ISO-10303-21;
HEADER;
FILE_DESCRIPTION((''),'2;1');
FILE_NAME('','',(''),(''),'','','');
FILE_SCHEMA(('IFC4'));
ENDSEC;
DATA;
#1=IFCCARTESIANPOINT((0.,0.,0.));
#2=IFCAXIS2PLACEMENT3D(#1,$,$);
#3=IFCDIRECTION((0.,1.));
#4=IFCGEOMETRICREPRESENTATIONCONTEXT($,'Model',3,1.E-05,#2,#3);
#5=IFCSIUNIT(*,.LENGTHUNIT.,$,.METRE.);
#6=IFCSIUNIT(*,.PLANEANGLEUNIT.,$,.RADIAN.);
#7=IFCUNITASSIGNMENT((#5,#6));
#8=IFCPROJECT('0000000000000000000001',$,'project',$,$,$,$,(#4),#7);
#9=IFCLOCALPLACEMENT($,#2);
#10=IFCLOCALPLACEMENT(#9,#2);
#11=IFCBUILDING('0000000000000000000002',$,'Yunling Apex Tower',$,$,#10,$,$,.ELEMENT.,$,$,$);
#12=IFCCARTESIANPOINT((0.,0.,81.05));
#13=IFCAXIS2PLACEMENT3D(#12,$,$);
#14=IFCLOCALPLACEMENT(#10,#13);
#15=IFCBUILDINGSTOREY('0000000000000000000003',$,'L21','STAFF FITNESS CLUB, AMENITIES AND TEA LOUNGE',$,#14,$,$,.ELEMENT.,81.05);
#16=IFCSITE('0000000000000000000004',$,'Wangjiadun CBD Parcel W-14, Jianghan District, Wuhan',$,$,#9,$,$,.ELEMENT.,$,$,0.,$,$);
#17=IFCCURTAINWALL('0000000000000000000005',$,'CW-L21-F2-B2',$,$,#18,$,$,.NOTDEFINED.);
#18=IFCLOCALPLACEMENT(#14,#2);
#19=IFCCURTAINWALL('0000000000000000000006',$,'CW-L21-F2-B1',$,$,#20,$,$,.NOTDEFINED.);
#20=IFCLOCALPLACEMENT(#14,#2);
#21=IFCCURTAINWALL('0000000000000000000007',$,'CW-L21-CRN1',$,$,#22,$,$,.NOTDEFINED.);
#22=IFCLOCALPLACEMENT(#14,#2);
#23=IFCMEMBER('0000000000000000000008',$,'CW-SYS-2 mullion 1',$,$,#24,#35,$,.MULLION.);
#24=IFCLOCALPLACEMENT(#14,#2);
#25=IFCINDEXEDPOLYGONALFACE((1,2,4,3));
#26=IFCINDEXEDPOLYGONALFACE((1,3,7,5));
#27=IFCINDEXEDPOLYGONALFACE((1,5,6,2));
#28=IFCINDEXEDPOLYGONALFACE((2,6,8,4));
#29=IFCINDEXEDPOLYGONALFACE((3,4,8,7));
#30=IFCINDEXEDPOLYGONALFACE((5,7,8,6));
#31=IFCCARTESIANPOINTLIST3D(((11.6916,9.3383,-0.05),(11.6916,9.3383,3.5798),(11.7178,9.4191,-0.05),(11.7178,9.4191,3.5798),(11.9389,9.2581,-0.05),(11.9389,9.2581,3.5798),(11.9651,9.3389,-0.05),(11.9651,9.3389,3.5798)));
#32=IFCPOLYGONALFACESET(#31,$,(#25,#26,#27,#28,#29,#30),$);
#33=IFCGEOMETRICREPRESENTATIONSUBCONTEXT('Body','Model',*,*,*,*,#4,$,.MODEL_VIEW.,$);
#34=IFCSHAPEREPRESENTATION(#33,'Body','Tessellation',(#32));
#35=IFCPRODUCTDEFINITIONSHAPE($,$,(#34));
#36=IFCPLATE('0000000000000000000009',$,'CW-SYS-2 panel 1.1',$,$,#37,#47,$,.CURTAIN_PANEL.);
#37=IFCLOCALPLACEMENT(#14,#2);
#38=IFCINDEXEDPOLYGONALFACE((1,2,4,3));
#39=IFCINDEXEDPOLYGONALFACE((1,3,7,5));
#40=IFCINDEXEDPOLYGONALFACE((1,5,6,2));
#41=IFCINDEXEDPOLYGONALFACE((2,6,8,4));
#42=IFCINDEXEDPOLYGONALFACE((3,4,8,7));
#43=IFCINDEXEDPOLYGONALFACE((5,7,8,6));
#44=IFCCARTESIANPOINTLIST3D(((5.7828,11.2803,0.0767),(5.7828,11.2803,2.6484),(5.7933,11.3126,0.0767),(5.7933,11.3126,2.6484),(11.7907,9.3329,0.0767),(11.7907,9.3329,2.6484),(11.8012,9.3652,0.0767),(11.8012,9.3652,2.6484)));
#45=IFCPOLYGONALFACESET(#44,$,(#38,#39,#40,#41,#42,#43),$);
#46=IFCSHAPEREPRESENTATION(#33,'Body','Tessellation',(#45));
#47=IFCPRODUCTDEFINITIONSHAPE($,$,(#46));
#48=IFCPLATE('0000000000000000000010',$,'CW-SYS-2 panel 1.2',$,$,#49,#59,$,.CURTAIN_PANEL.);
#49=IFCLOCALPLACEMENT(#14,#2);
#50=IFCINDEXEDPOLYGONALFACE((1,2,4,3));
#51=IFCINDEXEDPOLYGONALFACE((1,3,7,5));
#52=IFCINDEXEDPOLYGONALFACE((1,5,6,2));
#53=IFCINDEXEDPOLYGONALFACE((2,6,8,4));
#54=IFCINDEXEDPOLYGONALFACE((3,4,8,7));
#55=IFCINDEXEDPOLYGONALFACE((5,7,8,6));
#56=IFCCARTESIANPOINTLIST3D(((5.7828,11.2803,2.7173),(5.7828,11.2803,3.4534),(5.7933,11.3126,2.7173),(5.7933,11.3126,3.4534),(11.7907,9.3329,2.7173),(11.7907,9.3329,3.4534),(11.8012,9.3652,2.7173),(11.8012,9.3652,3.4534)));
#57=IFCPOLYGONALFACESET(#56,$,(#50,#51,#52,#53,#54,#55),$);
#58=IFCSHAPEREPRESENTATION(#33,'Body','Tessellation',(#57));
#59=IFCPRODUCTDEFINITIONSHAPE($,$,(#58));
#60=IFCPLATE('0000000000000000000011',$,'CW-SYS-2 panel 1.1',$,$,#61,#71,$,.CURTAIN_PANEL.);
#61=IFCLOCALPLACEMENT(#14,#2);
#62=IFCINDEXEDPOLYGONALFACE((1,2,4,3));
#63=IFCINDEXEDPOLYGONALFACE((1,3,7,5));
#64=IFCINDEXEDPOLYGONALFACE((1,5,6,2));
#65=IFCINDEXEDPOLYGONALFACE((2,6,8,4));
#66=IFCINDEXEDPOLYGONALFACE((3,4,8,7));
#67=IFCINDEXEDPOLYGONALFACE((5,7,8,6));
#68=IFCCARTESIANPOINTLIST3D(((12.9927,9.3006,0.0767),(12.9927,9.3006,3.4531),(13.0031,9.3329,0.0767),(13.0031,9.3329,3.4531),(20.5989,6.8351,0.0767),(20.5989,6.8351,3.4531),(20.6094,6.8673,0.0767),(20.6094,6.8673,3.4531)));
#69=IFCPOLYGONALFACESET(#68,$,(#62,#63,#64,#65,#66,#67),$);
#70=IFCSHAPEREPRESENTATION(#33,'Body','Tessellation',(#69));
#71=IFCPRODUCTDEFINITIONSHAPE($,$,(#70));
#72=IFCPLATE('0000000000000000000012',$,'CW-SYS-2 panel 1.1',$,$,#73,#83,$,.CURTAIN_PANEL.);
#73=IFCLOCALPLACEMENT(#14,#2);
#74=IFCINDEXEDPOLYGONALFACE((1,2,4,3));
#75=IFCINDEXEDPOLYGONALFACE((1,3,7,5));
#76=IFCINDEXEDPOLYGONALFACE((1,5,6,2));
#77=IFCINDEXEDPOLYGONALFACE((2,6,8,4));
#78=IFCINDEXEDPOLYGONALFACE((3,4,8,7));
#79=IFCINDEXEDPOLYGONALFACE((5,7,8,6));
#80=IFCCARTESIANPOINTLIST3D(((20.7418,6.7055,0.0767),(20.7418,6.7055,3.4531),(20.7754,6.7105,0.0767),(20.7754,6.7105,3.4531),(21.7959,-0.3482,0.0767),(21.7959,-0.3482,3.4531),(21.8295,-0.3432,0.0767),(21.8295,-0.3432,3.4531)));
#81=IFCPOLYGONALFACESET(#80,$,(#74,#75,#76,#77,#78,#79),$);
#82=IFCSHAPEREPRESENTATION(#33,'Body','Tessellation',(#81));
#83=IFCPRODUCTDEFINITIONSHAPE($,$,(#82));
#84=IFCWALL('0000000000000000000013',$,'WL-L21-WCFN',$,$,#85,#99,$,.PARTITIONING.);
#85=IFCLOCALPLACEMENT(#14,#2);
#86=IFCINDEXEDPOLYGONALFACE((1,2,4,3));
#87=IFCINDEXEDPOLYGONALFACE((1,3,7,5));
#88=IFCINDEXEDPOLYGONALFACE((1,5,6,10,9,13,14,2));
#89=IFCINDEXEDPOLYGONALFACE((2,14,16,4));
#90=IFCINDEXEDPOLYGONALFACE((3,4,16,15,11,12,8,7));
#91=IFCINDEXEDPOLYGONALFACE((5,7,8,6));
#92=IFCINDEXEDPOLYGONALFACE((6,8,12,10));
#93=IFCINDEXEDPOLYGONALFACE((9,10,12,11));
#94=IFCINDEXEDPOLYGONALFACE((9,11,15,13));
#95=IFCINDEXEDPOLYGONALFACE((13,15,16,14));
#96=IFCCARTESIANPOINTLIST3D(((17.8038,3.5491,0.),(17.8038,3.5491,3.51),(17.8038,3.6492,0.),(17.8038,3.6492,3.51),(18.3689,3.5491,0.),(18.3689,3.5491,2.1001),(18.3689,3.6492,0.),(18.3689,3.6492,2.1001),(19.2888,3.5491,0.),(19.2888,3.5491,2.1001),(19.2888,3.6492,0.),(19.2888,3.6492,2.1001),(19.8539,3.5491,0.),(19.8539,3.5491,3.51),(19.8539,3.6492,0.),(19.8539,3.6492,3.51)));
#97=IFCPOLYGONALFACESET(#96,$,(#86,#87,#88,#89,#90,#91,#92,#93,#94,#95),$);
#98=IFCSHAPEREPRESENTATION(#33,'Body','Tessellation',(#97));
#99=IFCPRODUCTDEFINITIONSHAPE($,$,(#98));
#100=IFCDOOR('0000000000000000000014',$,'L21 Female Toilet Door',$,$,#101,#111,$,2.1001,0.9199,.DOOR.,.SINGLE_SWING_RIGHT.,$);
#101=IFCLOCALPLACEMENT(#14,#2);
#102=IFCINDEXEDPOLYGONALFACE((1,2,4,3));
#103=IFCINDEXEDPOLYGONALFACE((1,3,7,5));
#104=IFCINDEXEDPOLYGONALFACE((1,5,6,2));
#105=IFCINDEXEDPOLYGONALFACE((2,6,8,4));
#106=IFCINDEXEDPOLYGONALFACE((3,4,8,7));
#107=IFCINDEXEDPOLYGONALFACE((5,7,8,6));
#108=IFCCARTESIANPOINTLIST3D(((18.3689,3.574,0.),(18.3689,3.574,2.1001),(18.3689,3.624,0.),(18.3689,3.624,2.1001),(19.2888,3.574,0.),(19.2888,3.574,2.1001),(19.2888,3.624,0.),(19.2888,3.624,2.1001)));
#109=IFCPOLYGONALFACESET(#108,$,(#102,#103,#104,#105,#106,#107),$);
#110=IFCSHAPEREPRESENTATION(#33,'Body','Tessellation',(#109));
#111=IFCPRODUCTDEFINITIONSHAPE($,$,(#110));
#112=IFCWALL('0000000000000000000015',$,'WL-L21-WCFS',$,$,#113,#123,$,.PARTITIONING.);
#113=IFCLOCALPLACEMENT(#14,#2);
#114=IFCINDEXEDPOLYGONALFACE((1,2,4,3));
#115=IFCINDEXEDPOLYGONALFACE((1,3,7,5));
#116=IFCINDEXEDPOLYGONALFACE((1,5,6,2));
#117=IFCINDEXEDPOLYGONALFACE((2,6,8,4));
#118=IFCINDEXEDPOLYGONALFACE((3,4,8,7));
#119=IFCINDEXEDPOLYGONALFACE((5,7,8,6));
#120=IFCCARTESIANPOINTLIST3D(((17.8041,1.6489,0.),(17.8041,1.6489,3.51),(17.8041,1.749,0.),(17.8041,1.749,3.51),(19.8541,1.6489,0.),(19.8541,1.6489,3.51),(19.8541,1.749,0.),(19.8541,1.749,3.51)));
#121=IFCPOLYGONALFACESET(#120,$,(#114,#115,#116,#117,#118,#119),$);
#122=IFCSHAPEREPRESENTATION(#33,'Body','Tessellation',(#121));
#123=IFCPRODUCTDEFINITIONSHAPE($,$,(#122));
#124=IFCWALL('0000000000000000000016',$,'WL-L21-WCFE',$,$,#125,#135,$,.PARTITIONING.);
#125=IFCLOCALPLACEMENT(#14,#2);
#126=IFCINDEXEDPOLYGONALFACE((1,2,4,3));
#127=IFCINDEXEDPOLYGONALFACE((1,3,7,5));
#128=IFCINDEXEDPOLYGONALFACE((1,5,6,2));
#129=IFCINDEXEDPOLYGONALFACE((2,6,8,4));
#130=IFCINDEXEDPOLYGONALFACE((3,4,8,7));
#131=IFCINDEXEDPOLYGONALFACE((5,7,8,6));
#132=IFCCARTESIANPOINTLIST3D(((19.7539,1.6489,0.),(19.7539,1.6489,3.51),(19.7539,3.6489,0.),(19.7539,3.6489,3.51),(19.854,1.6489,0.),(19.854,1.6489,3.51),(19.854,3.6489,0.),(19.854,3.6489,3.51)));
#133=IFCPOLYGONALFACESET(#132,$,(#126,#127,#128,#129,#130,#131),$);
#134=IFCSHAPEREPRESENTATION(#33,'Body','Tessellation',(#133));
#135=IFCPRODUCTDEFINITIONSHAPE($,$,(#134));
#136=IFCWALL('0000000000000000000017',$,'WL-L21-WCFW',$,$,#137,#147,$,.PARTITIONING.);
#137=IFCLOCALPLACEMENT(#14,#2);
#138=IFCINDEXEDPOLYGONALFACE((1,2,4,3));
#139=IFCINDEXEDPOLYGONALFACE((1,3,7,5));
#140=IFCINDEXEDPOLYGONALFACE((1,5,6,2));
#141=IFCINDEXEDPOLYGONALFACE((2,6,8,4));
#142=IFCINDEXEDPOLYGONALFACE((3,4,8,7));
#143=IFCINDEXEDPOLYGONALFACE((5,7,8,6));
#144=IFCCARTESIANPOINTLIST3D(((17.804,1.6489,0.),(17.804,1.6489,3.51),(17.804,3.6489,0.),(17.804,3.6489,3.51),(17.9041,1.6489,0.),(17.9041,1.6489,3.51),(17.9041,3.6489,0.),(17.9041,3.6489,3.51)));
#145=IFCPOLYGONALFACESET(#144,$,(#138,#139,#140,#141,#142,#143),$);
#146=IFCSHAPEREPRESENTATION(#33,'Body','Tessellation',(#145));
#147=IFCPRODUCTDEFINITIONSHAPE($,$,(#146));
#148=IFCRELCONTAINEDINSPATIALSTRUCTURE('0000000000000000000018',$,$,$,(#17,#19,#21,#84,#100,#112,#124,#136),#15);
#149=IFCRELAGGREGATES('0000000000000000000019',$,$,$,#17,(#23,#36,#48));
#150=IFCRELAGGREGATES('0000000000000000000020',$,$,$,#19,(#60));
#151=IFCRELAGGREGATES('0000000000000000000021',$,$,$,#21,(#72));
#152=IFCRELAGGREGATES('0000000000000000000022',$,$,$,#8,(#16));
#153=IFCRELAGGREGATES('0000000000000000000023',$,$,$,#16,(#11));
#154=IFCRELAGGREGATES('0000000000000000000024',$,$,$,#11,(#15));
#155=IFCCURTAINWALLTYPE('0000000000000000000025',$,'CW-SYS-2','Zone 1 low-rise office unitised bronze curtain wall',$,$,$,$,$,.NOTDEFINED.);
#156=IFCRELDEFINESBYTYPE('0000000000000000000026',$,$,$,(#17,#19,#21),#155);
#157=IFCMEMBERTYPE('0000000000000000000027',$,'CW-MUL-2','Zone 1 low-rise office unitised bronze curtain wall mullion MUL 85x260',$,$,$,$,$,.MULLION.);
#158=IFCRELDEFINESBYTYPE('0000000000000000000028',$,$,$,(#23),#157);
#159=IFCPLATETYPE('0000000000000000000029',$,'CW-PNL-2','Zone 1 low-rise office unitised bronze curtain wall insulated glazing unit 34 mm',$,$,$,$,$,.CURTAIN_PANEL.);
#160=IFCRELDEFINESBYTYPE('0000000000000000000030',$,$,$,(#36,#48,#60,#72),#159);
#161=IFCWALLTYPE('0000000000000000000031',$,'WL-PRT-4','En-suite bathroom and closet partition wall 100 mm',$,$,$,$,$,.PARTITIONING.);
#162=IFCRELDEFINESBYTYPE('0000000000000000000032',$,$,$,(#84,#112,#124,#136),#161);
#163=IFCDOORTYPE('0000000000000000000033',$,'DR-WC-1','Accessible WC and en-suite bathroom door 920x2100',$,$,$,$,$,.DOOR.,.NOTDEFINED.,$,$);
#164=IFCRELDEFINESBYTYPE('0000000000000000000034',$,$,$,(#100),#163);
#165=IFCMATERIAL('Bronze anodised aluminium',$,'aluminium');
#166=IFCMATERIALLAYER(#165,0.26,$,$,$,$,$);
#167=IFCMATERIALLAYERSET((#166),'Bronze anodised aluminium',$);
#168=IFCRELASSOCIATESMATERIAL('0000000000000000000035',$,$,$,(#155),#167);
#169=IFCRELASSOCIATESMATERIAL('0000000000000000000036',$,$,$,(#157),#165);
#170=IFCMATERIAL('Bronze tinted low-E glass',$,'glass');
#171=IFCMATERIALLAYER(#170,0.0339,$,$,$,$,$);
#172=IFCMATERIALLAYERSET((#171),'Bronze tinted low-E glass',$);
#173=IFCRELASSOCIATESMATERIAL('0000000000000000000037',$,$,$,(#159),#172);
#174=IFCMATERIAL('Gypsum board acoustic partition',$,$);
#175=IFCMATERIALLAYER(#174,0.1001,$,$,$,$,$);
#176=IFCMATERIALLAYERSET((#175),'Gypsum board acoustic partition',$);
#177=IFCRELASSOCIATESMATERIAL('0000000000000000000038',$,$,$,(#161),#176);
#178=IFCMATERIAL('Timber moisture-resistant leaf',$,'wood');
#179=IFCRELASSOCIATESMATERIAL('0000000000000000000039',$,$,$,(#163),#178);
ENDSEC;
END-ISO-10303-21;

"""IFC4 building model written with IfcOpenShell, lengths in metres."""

from ifc_helpers import new_model, si_unit, direction, frame, frame_2d, origin, origin_2d, place, context, subcontext, project, spatial, rectangle, extrude, source, transform, mapped, material, layer, layer_set, material_profile, profile_set, type_object, element, fill, aggregate, save


model = new_model("IFC4")

# Units and contexts
model_context = context("Model", 3, precision=1e-05, world=origin(), true_north=direction((0.0, 1.0)))
body_context = subcontext(model_context, "Body", "Model", "MODEL_VIEW")
ifc_project = project(units=[si_unit("LENGTHUNIT", "METRE"), si_unit("PLANEANGLEUNIT", "RADIAN")], contexts=[model_context])

# Site, building, storey
site_placement = place(None, origin())
site = spatial("IfcSite", under=ifc_project, at=site_placement, Name="Wangjiadun CBD Parcel W-14, Jianghan District, Wuhan", CompositionType="ELEMENT", RefElevation=0.0)
building_placement = place(site_placement, origin())
building = spatial("IfcBuilding", under=site, at=building_placement, Name="Yunling Apex Tower", CompositionType="ELEMENT")
storey_placement = place(building_placement, frame((0.0, 0.0, 81.05)))
storey = spatial("IfcBuildingStorey", under=building, at=storey_placement, Name="L21", Description="STAFF FITNESS CLUB, AMENITIES AND TEA LOUNGE", CompositionType="ELEMENT", Elevation=81.05)

# Curtain walls
ifc_material_1 = material(Name="Bronze anodised aluminium", Category="aluminium")
ifc_layer_1 = layer(ifc_material_1, 0.26)
ifc_layer_set_1 = layer_set([ifc_layer_1], Name="Bronze anodised aluminium")
curtain_wall_type = type_object("IfcCurtainWallType", Name="CW-SYS-2", Description="Zone 1 low-rise office unitised bronze curtain wall", PredefinedType="NOTDEFINED", material=ifc_layer_set_1)
curtain_wall_1_placement = place(storey_placement, origin())
curtain_wall_1 = element("IfcCurtainWall", 1, at=curtain_wall_1_placement, inside=storey, type_object=curtain_wall_type, Name="CW-L21-F2-B2", PredefinedType="NOTDEFINED")
curtain_wall_2_placement = place(storey_placement, origin())
curtain_wall_2 = element("IfcCurtainWall", 2, at=curtain_wall_2_placement, inside=storey, type_object=curtain_wall_type, Name="CW-L21-F2-B1", PredefinedType="NOTDEFINED")
curtain_wall_3_placement = place(storey_placement, origin())
curtain_wall_3 = element("IfcCurtainWall", 3, at=curtain_wall_3_placement, inside=storey, type_object=curtain_wall_type, Name="CW-L21-CRN1", PredefinedType="NOTDEFINED")
ifc_material_profile_1 = material_profile(ifc_material_1, rectangle(XDim=0.085, YDim=0.26, at=origin_2d()))
ifc_profile_set_1 = profile_set([ifc_material_profile_1], Name="Bronze anodised aluminium")
member_type_1 = type_object("IfcMemberType", Name="CW-MUL-2", Description="Zone 1 low-rise office unitised bronze curtain wall mullion MUL 85x260", PredefinedType="MULLION", material=ifc_profile_set_1)
shared_shape_1 = source(origin(), body_context, "Body", "SweptSolid", [
    extrude(rectangle(XDim=0.085, YDim=0.26, at=origin_2d()), origin(), (0.0, 0.0, 1.0), 3.6299),
])

# Member
member_1_placement = place(storey_placement, frame((11.8284, 9.3386, -0.05), z_axis=(0.0, 0.0, 1.0), x_axis=(-0.308352, -0.951272, 0.0)))
member_1 = element("IfcMember", 4, at=member_1_placement, type_object=member_type_1, Name="CW-SYS-2 mullion 1", PredefinedType="MULLION", context=body_context, shape_type="MappedRepresentation", body=[
    mapped(shared_shape_1, transform((0.0, 0.0, 0.0), scale=1.0)),
])

# Plates
ifc_material_2 = material(Name="Bronze tinted low-E glass", Category="glass")
ifc_layer_2 = layer(ifc_material_2, 0.0339)
ifc_layer_set_2 = layer_set([ifc_layer_2], Name="Bronze tinted low-E glass")
plate_type = type_object("IfcPlateType", Name="CW-PNL-2", Description="Zone 1 low-rise office unitised bronze curtain wall insulated glazing unit 34 mm", PredefinedType="CURTAIN_PANEL", material=ifc_layer_set_2)
shared_shape_2 = source(origin(), body_context, "Body", "SweptSolid", [
    extrude(rectangle(XDim=6.3157, YDim=0.0339, at=origin_2d()), origin(), (0.0, 0.0, 1.0), 2.5718),
])
plate_1_placement = place(storey_placement, frame((8.792, 10.3228, 0.0767), z_axis=(0.0, 0.0, 1.0), x_axis=(-0.951272, 0.308352, 0.0)))
plate_1 = element("IfcPlate", 5, at=plate_1_placement, type_object=plate_type, Name="CW-SYS-2 panel 1.1", PredefinedType="CURTAIN_PANEL", context=body_context, shape_type="MappedRepresentation", body=[
    mapped(shared_shape_2, transform((0.0, 0.0, 0.0), scale=1.0)),
])
shared_shape_3 = source(origin(), body_context, "Body", "SweptSolid", [
    extrude(rectangle(XDim=6.3157, YDim=0.0339, at=origin_2d()), origin(), (0.0, 0.0, 1.0), 0.7361),
])
plate_2_placement = place(storey_placement, frame((8.792, 10.3228, 2.7173), z_axis=(0.0, 0.0, 1.0), x_axis=(-0.951272, 0.308352, 0.0)))
plate_2 = element("IfcPlate", 6, at=plate_2_placement, type_object=plate_type, Name="CW-SYS-2 panel 1.2", PredefinedType="CURTAIN_PANEL", context=body_context, shape_type="MappedRepresentation", body=[
    mapped(shared_shape_3, transform((0.0, 0.0, 0.0), scale=1.0)),
])
aggregate(curtain_wall_1, [member_1, plate_1, plate_2])
shared_shape_4 = source(origin(), body_context, "Body", "SweptSolid", [
    extrude(rectangle(XDim=7.9958, YDim=0.0339, at=origin_2d()), origin(), (0.0, 0.0, 1.0), 3.3765),
])
plate_3_placement = place(storey_placement, frame((16.801, 8.084, 0.0767), z_axis=(0.0, 0.0, 1.0), x_axis=(-0.951271, 0.308357, 0.0)))
plate_3 = element("IfcPlate", 7, at=plate_3_placement, type_object=plate_type, Name="CW-SYS-2 panel 1.1", PredefinedType="CURTAIN_PANEL", context=body_context, shape_type="MappedRepresentation", body=[
    mapped(shared_shape_4, transform((0.0, 0.0, 0.0), scale=1.0)),
])
aggregate(curtain_wall_2, [plate_3])
shared_shape_5 = source(origin(), body_context, "Body", "SweptSolid", [
    extrude(rectangle(XDim=7.1321, YDim=0.0339, at=origin_2d()), origin(), (0.0, 0.0, 1.0), 3.3765),
])
plate_4_placement = place(storey_placement, frame((21.2856, 3.1812, 0.0767), z_axis=(0.0, 0.0, 1.0), x_axis=(-0.147798, 0.989018, 0.0)))
plate_4 = element("IfcPlate", 8, at=plate_4_placement, type_object=plate_type, Name="CW-SYS-2 panel 1.1", PredefinedType="CURTAIN_PANEL", context=body_context, shape_type="MappedRepresentation", body=[
    mapped(shared_shape_5, transform((0.0, 0.0, 0.0), scale=1.0)),
])
aggregate(curtain_wall_3, [plate_4])

# Wall, opening, door
ifc_material_3 = material(Name="Gypsum board acoustic partition")
ifc_layer_3 = layer(ifc_material_3, 0.1001)
ifc_layer_set_3 = layer_set([ifc_layer_3], Name="Gypsum board acoustic partition")
wall_type = type_object("IfcWallType", Name="WL-PRT-4", Description="En-suite bathroom and closet partition wall 100 mm", PredefinedType="PARTITIONING", material=ifc_layer_set_3)
wall_1_placement = place(storey_placement, frame((17.804, 3.5991, 0.0), z_axis=(0.0, 0.0, 1.0), x_axis=(1.0, 0.0, 0.0)))
wall_1 = element("IfcWall", 9, at=wall_1_placement, inside=storey, type_object=wall_type, Name="WL-L21-WCFN", PredefinedType="PARTITIONING", context=body_context, shape_type="SweptSolid", body=[
    extrude(rectangle(XDim=2.05, YDim=0.1001, at=frame_2d((1.0249, 0.0))), origin(), (0.0, 0.0, 1.0), 3.51),
])
opening_placement = place(wall_1_placement, frame((0.5649, 0.0, 0.0)))
opening = element("IfcOpeningElement", 10, at=opening_placement, cuts=wall_1, PredefinedType="OPENING", context=body_context, shape_type="SweptSolid", body=[
    extrude(rectangle(XDim=0.9199, YDim=2.1001, at=frame_2d((0.46, 1.05))), frame((0.0, 0.0601, 0.0), z_axis=(0.0, -1.0, 0.0), x_axis=(1.0, 0.0, 0.0)), (0.0, 0.0, 1.0), 0.1201),
])
ifc_material_4 = material(Name="Timber moisture-resistant leaf", Category="wood")
door_type = type_object("IfcDoorType", Name="DR-WC-1", Description="Accessible WC and en-suite bathroom door 920x2100", OperationType="NOTDEFINED", PredefinedType="DOOR", material=ifc_material_4)
door_placement = place(opening_placement, origin())
door = element("IfcDoor", 11, at=door_placement, inside=storey, type_object=door_type, Name="L21 Female Toilet Door", OperationType="SINGLE_SWING_RIGHT", OverallHeight=2.1001, OverallWidth=0.9199, PredefinedType="DOOR", context=body_context, shape_type="SweptSolid", body=[
    extrude(rectangle(XDim=0.9199, YDim=2.1001, at=frame_2d((0.46, 1.05))), frame((0.0, 0.0249, 0.0), z_axis=(0.0, -1.0, 0.0), x_axis=(1.0, 0.0, 0.0)), (0.0, 0.0, 1.0), 0.05),
])
fill(opening, door)

# Walls
wall_2_placement = place(storey_placement, frame((19.854, 1.699, 0.0), z_axis=(0.0, 0.0, 1.0), x_axis=(-1.0, 0.0, 0.0)))
element("IfcWall", 12, at=wall_2_placement, inside=storey, type_object=wall_type, Name="WL-L21-WCFS", PredefinedType="PARTITIONING", context=body_context, shape_type="SweptSolid", body=[
    extrude(rectangle(XDim=2.05, YDim=0.1001, at=frame_2d((1.0249, 0.0))), origin(), (0.0, 0.0, 1.0), 3.51),
])
for number, where, z_axis, x_axis, name in (
    (13, (19.804, 3.6489, 0.0), (0.0, 0.0, 1.0), (0.0, -1.0, 0.0), "WL-L21-WCFE"),
    (14, (17.854, 1.6489, 0.0), (0.0, 0.0, 1.0), (0.0, 1.0, 0.0), "WL-L21-WCFW"),
):
    element("IfcWall", number, at=place(storey_placement, frame(where, z_axis=z_axis, x_axis=x_axis)), inside=storey, type_object=wall_type, Name=name, PredefinedType="PARTITIONING", context=body_context, shape_type="SweptSolid", body=[
        extrude(rectangle(XDim=2.0, YDim=0.1001, at=frame_2d((1.0, 0.0))), origin(), (0.0, 0.0, 1.0), 3.51),
    ])

save(model, "model.ifc")
